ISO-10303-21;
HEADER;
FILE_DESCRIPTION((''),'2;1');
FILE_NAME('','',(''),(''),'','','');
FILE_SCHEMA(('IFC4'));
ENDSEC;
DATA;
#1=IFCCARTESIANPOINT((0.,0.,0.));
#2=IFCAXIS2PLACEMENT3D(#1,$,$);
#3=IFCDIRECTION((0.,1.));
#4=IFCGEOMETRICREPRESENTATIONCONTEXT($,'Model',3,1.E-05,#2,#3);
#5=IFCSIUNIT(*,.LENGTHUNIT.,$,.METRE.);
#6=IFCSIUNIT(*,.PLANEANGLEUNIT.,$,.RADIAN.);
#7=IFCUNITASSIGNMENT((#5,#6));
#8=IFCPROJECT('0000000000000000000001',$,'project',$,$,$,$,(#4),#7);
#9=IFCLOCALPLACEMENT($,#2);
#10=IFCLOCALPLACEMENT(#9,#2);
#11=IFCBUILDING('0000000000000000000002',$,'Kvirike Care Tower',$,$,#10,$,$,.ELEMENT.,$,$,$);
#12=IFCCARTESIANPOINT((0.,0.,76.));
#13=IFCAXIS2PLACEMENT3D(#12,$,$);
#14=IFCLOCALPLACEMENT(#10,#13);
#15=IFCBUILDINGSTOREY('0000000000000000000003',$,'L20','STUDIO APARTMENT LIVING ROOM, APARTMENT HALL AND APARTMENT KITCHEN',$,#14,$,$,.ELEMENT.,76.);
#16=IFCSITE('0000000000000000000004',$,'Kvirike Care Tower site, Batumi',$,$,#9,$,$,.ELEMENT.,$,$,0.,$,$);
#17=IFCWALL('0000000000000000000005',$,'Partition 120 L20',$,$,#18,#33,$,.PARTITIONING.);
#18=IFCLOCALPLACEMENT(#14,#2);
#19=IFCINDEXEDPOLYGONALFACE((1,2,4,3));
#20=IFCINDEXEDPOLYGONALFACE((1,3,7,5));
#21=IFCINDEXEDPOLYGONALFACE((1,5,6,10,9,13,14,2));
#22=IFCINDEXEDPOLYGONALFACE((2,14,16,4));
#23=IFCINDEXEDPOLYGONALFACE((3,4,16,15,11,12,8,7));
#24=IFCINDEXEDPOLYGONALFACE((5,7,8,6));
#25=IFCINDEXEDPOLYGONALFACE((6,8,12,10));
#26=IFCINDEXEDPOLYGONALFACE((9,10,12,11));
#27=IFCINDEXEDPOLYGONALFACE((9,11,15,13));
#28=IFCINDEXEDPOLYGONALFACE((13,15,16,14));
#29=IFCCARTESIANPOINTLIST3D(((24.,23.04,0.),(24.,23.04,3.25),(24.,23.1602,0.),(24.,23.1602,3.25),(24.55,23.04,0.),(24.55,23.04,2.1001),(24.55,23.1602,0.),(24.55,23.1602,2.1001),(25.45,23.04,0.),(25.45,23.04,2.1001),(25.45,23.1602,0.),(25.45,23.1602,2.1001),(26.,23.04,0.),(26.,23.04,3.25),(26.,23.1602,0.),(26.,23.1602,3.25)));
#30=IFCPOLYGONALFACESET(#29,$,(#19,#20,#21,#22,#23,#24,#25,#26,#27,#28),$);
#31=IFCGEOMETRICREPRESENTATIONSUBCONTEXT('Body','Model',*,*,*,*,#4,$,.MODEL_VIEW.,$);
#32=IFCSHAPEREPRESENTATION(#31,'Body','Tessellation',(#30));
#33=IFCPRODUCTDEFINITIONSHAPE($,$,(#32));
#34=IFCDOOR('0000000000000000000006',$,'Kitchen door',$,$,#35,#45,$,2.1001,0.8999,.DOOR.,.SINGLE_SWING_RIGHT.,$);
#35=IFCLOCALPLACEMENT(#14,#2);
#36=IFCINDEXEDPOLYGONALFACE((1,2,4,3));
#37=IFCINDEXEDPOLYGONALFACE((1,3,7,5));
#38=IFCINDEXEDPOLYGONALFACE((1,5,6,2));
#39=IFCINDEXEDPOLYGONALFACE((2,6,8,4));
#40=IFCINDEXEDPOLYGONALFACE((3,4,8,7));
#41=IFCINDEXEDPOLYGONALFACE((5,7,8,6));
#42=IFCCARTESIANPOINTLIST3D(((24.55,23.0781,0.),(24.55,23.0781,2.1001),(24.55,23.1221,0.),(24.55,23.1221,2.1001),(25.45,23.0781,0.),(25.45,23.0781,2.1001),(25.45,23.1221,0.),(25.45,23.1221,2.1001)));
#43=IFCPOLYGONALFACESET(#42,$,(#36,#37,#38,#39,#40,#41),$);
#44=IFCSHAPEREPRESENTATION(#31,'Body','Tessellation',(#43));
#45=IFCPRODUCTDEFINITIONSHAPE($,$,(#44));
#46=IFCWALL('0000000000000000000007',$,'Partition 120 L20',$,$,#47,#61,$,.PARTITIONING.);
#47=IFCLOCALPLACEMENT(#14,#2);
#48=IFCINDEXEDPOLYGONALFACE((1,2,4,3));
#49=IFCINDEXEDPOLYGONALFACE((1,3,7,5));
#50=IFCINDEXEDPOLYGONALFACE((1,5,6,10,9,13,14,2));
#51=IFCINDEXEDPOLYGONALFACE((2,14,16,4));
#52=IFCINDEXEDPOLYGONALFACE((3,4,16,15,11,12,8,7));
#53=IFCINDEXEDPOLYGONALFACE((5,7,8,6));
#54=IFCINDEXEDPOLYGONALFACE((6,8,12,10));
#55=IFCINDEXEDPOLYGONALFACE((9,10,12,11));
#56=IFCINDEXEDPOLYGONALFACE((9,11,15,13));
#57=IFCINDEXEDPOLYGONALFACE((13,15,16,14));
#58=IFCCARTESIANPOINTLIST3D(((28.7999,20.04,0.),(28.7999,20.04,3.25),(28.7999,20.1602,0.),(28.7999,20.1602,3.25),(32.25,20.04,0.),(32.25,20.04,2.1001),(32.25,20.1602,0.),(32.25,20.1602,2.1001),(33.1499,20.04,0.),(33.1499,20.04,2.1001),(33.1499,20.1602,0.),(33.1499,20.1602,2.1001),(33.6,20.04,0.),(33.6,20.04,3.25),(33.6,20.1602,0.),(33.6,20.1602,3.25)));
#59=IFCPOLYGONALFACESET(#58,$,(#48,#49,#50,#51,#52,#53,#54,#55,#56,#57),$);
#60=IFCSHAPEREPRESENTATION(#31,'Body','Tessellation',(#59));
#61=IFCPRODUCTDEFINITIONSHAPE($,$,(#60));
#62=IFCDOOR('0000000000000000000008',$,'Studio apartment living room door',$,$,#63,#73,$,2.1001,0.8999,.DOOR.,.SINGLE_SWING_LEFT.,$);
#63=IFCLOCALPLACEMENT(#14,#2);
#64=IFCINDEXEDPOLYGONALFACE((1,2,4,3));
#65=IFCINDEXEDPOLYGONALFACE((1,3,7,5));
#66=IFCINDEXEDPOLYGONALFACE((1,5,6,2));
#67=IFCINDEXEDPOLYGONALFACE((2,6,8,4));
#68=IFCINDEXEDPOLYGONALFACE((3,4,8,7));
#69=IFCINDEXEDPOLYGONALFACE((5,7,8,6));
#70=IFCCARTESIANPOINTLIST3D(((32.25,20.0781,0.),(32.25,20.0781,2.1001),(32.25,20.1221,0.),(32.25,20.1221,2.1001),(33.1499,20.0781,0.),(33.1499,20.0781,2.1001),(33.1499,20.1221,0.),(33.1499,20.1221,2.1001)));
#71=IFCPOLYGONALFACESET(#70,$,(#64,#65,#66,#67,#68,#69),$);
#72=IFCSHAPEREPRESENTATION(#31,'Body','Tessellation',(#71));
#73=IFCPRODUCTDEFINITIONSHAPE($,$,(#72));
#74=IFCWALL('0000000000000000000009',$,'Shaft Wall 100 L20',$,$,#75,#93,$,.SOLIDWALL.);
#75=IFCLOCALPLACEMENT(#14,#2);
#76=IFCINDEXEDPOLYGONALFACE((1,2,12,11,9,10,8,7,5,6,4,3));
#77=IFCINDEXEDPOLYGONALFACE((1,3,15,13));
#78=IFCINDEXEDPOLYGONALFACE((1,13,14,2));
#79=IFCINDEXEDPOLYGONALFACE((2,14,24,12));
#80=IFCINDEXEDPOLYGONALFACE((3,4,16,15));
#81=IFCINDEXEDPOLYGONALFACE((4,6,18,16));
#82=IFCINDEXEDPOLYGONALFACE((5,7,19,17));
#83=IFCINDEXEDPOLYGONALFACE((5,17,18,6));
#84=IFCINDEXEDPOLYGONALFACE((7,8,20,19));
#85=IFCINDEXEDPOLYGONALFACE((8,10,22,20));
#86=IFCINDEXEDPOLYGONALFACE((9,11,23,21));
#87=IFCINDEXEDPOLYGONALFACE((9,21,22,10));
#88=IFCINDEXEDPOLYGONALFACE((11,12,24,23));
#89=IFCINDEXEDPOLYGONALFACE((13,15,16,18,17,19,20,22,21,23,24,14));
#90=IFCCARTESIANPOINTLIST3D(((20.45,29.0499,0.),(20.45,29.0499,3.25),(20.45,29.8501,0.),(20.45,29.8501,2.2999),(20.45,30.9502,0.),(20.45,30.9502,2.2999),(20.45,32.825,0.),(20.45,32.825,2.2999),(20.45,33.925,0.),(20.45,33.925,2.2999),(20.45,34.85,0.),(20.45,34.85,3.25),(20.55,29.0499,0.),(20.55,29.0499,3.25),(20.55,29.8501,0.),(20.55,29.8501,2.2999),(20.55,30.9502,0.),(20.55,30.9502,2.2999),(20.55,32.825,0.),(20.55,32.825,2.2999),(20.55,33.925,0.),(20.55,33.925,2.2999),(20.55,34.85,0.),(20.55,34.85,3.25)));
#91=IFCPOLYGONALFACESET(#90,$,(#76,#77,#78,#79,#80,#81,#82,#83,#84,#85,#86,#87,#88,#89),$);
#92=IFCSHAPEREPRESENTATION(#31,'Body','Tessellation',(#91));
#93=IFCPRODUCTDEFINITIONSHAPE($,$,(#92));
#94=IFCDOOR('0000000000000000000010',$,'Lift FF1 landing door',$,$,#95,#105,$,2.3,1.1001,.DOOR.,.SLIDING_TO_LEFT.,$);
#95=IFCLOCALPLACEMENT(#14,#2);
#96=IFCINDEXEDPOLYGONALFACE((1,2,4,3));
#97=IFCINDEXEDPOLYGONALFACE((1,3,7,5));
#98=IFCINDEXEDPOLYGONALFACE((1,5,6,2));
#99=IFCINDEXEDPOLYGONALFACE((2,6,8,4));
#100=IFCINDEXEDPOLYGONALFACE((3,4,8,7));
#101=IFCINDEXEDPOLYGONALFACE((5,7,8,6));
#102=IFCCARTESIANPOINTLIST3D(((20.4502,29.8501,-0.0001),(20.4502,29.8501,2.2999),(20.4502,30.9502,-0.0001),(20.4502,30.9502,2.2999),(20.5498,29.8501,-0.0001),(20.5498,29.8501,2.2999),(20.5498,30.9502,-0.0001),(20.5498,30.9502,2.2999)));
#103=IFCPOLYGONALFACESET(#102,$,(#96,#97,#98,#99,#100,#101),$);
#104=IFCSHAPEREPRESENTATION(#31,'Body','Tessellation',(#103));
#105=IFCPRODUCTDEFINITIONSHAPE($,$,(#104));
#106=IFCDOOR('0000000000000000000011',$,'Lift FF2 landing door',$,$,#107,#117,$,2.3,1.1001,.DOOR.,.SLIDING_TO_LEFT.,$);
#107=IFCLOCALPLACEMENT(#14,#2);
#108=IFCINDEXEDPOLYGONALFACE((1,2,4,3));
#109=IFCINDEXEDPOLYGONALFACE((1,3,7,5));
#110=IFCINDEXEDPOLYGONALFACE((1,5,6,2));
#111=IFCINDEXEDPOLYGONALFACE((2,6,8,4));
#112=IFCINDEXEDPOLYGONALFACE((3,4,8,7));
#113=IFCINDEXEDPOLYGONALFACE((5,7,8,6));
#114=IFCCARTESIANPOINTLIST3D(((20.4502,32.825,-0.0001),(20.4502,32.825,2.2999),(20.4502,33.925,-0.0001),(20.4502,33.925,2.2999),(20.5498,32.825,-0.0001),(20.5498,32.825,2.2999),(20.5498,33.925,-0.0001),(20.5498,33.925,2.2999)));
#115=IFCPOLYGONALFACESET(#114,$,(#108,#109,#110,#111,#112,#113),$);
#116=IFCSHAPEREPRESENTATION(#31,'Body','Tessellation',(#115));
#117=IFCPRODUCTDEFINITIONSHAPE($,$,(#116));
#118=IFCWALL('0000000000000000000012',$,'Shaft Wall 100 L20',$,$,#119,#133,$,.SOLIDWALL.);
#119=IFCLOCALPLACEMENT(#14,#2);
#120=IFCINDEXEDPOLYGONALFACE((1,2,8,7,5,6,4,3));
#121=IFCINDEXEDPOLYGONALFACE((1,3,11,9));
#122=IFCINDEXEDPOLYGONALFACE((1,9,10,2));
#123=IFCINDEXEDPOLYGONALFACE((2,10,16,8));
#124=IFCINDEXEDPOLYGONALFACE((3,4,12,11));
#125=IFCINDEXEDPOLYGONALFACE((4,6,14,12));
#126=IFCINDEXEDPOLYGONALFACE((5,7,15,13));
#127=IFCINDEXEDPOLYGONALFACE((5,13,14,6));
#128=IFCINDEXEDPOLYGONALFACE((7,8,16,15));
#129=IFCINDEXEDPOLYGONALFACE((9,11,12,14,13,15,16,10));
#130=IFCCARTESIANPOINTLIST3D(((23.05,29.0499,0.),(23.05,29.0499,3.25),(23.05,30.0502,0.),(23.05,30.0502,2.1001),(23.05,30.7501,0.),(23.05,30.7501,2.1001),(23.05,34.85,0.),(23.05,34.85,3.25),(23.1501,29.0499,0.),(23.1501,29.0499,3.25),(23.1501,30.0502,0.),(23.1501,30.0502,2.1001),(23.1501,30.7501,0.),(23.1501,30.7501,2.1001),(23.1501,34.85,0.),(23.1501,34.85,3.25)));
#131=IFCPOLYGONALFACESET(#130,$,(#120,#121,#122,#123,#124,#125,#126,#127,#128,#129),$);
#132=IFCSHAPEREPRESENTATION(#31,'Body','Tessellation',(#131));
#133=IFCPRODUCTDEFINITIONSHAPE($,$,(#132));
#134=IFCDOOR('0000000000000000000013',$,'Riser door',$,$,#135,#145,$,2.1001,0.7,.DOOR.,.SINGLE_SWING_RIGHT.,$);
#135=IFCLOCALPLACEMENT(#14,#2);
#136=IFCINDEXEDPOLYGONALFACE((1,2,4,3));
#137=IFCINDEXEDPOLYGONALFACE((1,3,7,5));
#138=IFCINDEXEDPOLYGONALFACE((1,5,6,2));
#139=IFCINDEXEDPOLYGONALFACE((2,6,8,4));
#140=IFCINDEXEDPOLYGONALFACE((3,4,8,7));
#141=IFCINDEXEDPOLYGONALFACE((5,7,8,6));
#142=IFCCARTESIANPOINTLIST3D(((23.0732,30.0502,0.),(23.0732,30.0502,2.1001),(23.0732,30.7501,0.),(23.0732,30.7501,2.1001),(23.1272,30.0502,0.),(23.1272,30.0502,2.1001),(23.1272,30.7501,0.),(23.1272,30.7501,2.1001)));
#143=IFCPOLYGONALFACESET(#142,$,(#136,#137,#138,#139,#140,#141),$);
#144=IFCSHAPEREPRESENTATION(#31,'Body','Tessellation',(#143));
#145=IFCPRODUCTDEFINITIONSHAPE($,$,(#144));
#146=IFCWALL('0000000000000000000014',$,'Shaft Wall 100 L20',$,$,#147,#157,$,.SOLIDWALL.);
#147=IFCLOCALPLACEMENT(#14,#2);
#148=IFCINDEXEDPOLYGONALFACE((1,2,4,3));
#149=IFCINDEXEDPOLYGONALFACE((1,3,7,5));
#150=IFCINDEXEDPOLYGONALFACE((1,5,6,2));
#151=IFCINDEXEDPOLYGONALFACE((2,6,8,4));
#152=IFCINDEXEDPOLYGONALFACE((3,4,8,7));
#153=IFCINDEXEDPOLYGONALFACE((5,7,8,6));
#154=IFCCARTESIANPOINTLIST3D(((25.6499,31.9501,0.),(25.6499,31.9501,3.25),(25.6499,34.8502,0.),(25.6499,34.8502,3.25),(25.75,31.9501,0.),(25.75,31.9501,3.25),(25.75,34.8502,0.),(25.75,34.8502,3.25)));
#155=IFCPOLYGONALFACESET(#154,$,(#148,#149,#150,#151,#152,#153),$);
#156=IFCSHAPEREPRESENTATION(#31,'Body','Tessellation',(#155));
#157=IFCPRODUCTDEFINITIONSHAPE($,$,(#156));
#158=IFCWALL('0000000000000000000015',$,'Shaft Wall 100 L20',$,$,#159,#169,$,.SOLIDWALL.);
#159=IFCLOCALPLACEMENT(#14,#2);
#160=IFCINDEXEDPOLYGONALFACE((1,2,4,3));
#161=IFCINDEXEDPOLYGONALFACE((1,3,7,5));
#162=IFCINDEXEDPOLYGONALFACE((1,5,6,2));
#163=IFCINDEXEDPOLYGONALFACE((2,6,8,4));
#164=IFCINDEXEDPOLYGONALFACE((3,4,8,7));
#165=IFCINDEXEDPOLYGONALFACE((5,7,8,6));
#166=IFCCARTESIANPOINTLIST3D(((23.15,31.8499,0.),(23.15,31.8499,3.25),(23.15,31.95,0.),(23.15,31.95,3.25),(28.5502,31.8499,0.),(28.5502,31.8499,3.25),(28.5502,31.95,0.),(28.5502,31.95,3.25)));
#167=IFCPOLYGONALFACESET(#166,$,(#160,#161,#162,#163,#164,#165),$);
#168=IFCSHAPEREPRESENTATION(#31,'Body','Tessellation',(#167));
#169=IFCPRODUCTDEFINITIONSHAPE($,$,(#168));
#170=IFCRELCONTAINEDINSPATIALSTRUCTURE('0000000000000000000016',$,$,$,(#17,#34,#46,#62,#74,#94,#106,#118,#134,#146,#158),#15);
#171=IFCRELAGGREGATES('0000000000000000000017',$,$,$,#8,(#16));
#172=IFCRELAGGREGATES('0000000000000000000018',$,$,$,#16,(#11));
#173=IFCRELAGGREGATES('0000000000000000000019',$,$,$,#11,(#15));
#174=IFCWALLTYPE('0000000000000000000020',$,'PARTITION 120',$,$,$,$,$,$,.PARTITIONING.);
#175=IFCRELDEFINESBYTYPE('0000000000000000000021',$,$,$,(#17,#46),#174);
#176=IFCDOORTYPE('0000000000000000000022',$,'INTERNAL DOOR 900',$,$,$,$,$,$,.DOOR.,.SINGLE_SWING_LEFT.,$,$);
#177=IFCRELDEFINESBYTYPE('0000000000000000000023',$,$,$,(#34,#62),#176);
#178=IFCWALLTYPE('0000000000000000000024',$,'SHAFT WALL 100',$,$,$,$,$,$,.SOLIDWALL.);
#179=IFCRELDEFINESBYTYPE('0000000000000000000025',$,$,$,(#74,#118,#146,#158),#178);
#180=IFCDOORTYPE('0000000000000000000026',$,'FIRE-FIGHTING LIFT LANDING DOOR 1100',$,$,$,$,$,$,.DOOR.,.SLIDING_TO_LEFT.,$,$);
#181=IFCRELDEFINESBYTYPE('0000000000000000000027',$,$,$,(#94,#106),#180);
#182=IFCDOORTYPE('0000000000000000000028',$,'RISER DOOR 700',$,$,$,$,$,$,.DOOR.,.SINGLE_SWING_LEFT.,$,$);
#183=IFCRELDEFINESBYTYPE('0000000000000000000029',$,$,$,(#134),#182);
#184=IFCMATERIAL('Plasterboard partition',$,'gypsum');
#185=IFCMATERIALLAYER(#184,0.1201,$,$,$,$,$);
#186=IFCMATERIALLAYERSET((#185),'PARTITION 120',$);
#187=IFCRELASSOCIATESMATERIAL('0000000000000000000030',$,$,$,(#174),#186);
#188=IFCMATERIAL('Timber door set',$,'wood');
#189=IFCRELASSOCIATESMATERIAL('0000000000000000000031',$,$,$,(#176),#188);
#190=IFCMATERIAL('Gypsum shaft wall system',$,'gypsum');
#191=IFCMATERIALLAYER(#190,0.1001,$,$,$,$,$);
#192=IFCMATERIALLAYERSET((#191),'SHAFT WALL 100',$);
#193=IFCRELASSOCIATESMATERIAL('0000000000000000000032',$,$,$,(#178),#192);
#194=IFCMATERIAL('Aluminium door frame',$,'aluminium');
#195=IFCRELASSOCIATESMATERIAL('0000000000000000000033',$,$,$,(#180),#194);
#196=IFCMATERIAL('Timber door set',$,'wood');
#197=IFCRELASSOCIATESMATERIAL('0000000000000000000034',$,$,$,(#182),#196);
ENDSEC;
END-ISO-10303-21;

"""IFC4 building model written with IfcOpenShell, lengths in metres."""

from ifc_helpers import new_model, si_unit, direction, frame, frame_2d, origin, place, context, subcontext, project, spatial, rectangle, extrude, material, layer, layer_set, type_object, element, fill, save


model = new_model("IFC4")

# Units and contexts
model_context = context("Model", 3, precision=1e-05, world=origin(), true_north=direction((0.0, 1.0)))
body_context = subcontext(model_context, "Body", "Model", "MODEL_VIEW")
ifc_project = project(units=[si_unit("LENGTHUNIT", "METRE"), si_unit("PLANEANGLEUNIT", "RADIAN")], contexts=[model_context])

# Site, building, storey
site_placement = place(None, origin())
site = spatial("IfcSite", under=ifc_project, at=site_placement, Name="Kvirike Care Tower site, Batumi", CompositionType="ELEMENT", RefElevation=0.0)
building_placement = place(site_placement, origin())
building = spatial("IfcBuilding", under=site, at=building_placement, Name="Kvirike Care Tower", CompositionType="ELEMENT")
storey_placement = place(building_placement, frame((0.0, 0.0, 76.0)))
storey = spatial("IfcBuildingStorey", under=building, at=storey_placement, Name="L20", Description="STUDIO APARTMENT LIVING ROOM, APARTMENT HALL AND APARTMENT KITCHEN", CompositionType="ELEMENT", Elevation=76.0)

# Walls, openings, doors
ifc_material_1 = material(Name="Plasterboard partition", Category="gypsum")
ifc_layer_1 = layer(ifc_material_1, 0.1201)
ifc_layer_set_1 = layer_set([ifc_layer_1], Name="PARTITION 120")
wall_type_1 = type_object("IfcWallType", Name="PARTITION 120", PredefinedType="PARTITIONING", material=ifc_layer_set_1)
ifc_material_2 = material(Name="Timber door set", Category="wood")
door_type_1 = type_object("IfcDoorType", Name="INTERNAL DOOR 900", OperationType="SINGLE_SWING_LEFT", PredefinedType="DOOR", material=ifc_material_2)
wall_1_placement = place(storey_placement, frame((24.0, 23.1001, 0.0), z_axis=(0.0, 0.0, 1.0), x_axis=(1.0, 0.0, 0.0)))
wall_1 = element("IfcWall", 1, at=wall_1_placement, inside=storey, type_object=wall_type_1, Name="Partition 120 L20", PredefinedType="PARTITIONING", context=body_context, shape_type="SweptSolid", body=[
    extrude(rectangle(XDim=2.0, YDim=0.1201, at=frame_2d((1.0, 0.0))), origin(), (0.0, 0.0, 1.0), 3.25),
])
opening_1_placement = place(wall_1_placement, frame((0.55, 0.0, 0.0)))
opening_1 = element("IfcOpeningElement", 2, at=opening_1_placement, cuts=wall_1, PredefinedType="OPENING", context=body_context, shape_type="SweptSolid", body=[
    extrude(rectangle(XDim=0.8999, YDim=2.1001, at=frame_2d((0.45, 1.05))), frame((0.0, 0.0706, 0.0), z_axis=(0.0, -1.0, 0.0), x_axis=(1.0, 0.0, 0.0)), (0.0, 0.0, 1.0), 0.1411),
])
door_1_placement = place(opening_1_placement, frame((0.8999, 0.0, 0.0), z_axis=(0.0, 0.0, 1.0), x_axis=(-1.0, 0.0, 0.0)))
door_1 = element("IfcDoor", 3, at=door_1_placement, inside=storey, type_object=door_type_1, Name="Kitchen door", OperationType="SINGLE_SWING_RIGHT", OverallHeight=2.1001, OverallWidth=0.8999, PredefinedType="DOOR", context=body_context, shape_type="SweptSolid", body=[
    extrude(rectangle(XDim=0.8999, YDim=2.1001, at=frame_2d((0.45, 1.05))), frame((0.0, 0.022, 0.0), z_axis=(0.0, -1.0, 0.0), x_axis=(1.0, 0.0, 0.0)), (0.0, 0.0, 1.0), 0.0439),
])
fill(opening_1, door_1)
wall_2_placement = place(storey_placement, frame((28.8, 20.1001, 0.0), z_axis=(0.0, 0.0, 1.0), x_axis=(1.0, 0.0, 0.0)))
wall_2 = element("IfcWall", 4, at=wall_2_placement, inside=storey, type_object=wall_type_1, Name="Partition 120 L20", PredefinedType="PARTITIONING", context=body_context, shape_type="SweptSolid", body=[
    extrude(rectangle(XDim=4.8, YDim=0.1201, at=frame_2d((2.3999, 0.0))), origin(), (0.0, 0.0, 1.0), 3.25),
])
opening_2_placement = place(wall_2_placement, frame((3.45, 0.0, 0.0)))
opening_2 = element("IfcOpeningElement", 5, at=opening_2_placement, cuts=wall_2, PredefinedType="OPENING", context=body_context, shape_type="SweptSolid", body=[
    extrude(rectangle(XDim=0.8999, YDim=2.1001, at=frame_2d((0.45, 1.05))), frame((0.0, 0.0706, 0.0), z_axis=(0.0, -1.0, 0.0), x_axis=(1.0, 0.0, 0.0)), (0.0, 0.0, 1.0), 0.1411),
])
door_2_placement = place(opening_2_placement, origin())
door_2 = element("IfcDoor", 6, at=door_2_placement, inside=storey, type_object=door_type_1, Name="Studio apartment living room door", OperationType="SINGLE_SWING_LEFT", OverallHeight=2.1001, OverallWidth=0.8999, PredefinedType="DOOR", context=body_context, shape_type="SweptSolid", body=[
    extrude(rectangle(XDim=0.8999, YDim=2.1001, at=frame_2d((0.45, 1.05))), frame((0.0, 0.022, 0.0), z_axis=(0.0, -1.0, 0.0), x_axis=(1.0, 0.0, 0.0)), (0.0, 0.0, 1.0), 0.0439),
])
fill(opening_2, door_2)

# Wall, openings, doors
ifc_material_3 = material(Name="Gypsum shaft wall system", Category="gypsum")
ifc_layer_2 = layer(ifc_material_3, 0.1001)
ifc_layer_set_2 = layer_set([ifc_layer_2], Name="SHAFT WALL 100")
wall_type_2 = type_object("IfcWallType", Name="SHAFT WALL 100", PredefinedType="SOLIDWALL", material=ifc_layer_set_2)
wall_3_placement = place(storey_placement, frame((20.5, 29.05, 0.0), z_axis=(0.0, 0.0, 1.0), x_axis=(0.0, 1.0, 0.0)))
wall_3 = element("IfcWall", 7, at=wall_3_placement, inside=storey, type_object=wall_type_2, Name="Shaft Wall 100 L20", PredefinedType="SOLIDWALL", context=body_context, shape_type="SweptSolid", body=[
    extrude(rectangle(XDim=5.8, YDim=0.1001, at=frame_2d((2.8999, 0.0))), origin(), (0.0, 0.0, 1.0), 3.25),
])
opening_3_placement = place(wall_3_placement, frame((0.8, 0.0, 0.0)))
opening_3 = element("IfcOpeningElement", 8, at=opening_3_placement, cuts=wall_3, PredefinedType="OPENING", context=body_context, shape_type="SweptSolid", body=[
    extrude(rectangle(XDim=1.1001, YDim=2.3, at=frame_2d((0.55, 1.1499))), frame((0.0, 0.0605, 0.0), z_axis=(0.0, -1.0, 0.0), x_axis=(1.0, 0.0, 0.0)), (0.0, 0.0, 1.0), 0.1211),
])
opening_4_placement = place(wall_3_placement, frame((3.7749, 0.0, 0.0)))
opening_4 = element("IfcOpeningElement", 9, at=opening_4_placement, cuts=wall_3, PredefinedType="OPENING", context=body_context, shape_type="SweptSolid", body=[
    extrude(rectangle(XDim=1.1001, YDim=2.3, at=frame_2d((0.55, 1.1499))), frame((0.0, 0.0605, 0.0), z_axis=(0.0, -1.0, 0.0), x_axis=(1.0, 0.0, 0.0)), (0.0, 0.0, 1.0), 0.1211),
])
ifc_material_4 = material(Name="Aluminium door frame", Category="aluminium")
door_type_2 = type_object("IfcDoorType", Name="FIRE-FIGHTING LIFT LANDING DOOR 1100", OperationType="SLIDING_TO_LEFT", PredefinedType="DOOR", material=ifc_material_4)
door_3_placement = place(opening_3_placement, origin())
door_3 = element("IfcDoor", 10, at=door_3_placement, inside=storey, type_object=door_type_2, Name="Lift FF1 landing door", OperationType="SLIDING_TO_LEFT", OverallHeight=2.3, OverallWidth=1.1001, PredefinedType="DOOR", context=body_context, shape_type="SweptSolid", body=[
    extrude(rectangle(XDim=1.1001, YDim=2.3, at=frame_2d((0.55, 1.1499))), frame((0.0, 0.0498, 0.0), z_axis=(0.0, -1.0, 0.0), x_axis=(1.0, 0.0, 0.0)), (0.0, 0.0, 1.0), 0.0996),
])
fill(opening_3, door_3)
door_4_placement = place(opening_4_placement, origin())
door_4 = element("IfcDoor", 11, at=door_4_placement, inside=storey, type_object=door_type_2, Name="Lift FF2 landing door", OperationType="SLIDING_TO_LEFT", OverallHeight=2.3, OverallWidth=1.1001, PredefinedType="DOOR", context=body_context, shape_type="SweptSolid", body=[
    extrude(rectangle(XDim=1.1001, YDim=2.3, at=frame_2d((0.55, 1.1499))), frame((0.0, 0.0498, 0.0), z_axis=(0.0, -1.0, 0.0), x_axis=(1.0, 0.0, 0.0)), (0.0, 0.0, 1.0), 0.0996),
])
fill(opening_4, door_4)

# Wall, opening, door
wall_4_placement = place(storey_placement, frame((23.1001, 29.05, 0.0), z_axis=(0.0, 0.0, 1.0), x_axis=(0.0, 1.0, 0.0)))
wall_4 = element("IfcWall", 12, at=wall_4_placement, inside=storey, type_object=wall_type_2, Name="Shaft Wall 100 L20", PredefinedType="SOLIDWALL", context=body_context, shape_type="SweptSolid", body=[
    extrude(rectangle(XDim=5.8, YDim=0.1001, at=frame_2d((2.8999, 0.0))), origin(), (0.0, 0.0, 1.0), 3.25),
])
opening_5_placement = place(wall_4_placement, frame((1.0, 0.0, 0.0)))
opening_5 = element("IfcOpeningElement", 13, at=opening_5_placement, cuts=wall_4, PredefinedType="OPENING", context=body_context, shape_type="SweptSolid", body=[
    extrude(rectangle(XDim=0.7, YDim=2.1001, at=frame_2d((0.3501, 1.05))), frame((0.0, 0.0605, 0.0), z_axis=(0.0, -1.0, 0.0), x_axis=(1.0, 0.0, 0.0)), (0.0, 0.0, 1.0), 0.1211),
])
ifc_material_5 = material(Name="Timber door set", Category="wood")
door_type_3 = type_object("IfcDoorType", Name="RISER DOOR 700", OperationType="SINGLE_SWING_LEFT", PredefinedType="DOOR", material=ifc_material_5)
door_5_placement = place(opening_5_placement, origin())
door_5 = element("IfcDoor", 14, at=door_5_placement, inside=storey, type_object=door_type_3, Name="Riser door", OperationType="SINGLE_SWING_RIGHT", OverallHeight=2.1001, OverallWidth=0.7, PredefinedType="DOOR", context=body_context, shape_type="SweptSolid", body=[
    extrude(rectangle(XDim=0.7, YDim=2.1001, at=frame_2d((0.3501, 1.05))), frame((0.0, 0.0269, 0.0), z_axis=(0.0, -1.0, 0.0), x_axis=(1.0, 0.0, 0.0)), (0.0, 0.0, 1.0), 0.054),
])
fill(opening_5, door_5)

# Walls
wall_5_placement = place(storey_placement, frame((25.7, 31.95, 0.0), z_axis=(0.0, 0.0, 1.0), x_axis=(0.0, 1.0, 0.0)))
element("IfcWall", 15, at=wall_5_placement, inside=storey, type_object=wall_type_2, Name="Shaft Wall 100 L20", PredefinedType="SOLIDWALL", context=body_context, shape_type="SweptSolid", body=[
    extrude(rectangle(XDim=2.9001, YDim=0.1001, at=frame_2d((1.4502, 0.0))), origin(), (0.0, 0.0, 1.0), 3.25),
])
wall_6_placement = place(storey_placement, frame((23.1499, 31.8999, 0.0), z_axis=(0.0, 0.0, 1.0), x_axis=(1.0, 0.0, 0.0)))
element("IfcWall", 16, at=wall_6_placement, inside=storey, type_object=wall_type_2, Name="Shaft Wall 100 L20", PredefinedType="SOLIDWALL", context=body_context, shape_type="SweptSolid", body=[
    extrude(rectangle(XDim=5.4001, YDim=0.1001, at=frame_2d((2.7002, 0.0))), origin(), (0.0, 0.0, 1.0), 3.25),
])

save(model, "model.ifc")
